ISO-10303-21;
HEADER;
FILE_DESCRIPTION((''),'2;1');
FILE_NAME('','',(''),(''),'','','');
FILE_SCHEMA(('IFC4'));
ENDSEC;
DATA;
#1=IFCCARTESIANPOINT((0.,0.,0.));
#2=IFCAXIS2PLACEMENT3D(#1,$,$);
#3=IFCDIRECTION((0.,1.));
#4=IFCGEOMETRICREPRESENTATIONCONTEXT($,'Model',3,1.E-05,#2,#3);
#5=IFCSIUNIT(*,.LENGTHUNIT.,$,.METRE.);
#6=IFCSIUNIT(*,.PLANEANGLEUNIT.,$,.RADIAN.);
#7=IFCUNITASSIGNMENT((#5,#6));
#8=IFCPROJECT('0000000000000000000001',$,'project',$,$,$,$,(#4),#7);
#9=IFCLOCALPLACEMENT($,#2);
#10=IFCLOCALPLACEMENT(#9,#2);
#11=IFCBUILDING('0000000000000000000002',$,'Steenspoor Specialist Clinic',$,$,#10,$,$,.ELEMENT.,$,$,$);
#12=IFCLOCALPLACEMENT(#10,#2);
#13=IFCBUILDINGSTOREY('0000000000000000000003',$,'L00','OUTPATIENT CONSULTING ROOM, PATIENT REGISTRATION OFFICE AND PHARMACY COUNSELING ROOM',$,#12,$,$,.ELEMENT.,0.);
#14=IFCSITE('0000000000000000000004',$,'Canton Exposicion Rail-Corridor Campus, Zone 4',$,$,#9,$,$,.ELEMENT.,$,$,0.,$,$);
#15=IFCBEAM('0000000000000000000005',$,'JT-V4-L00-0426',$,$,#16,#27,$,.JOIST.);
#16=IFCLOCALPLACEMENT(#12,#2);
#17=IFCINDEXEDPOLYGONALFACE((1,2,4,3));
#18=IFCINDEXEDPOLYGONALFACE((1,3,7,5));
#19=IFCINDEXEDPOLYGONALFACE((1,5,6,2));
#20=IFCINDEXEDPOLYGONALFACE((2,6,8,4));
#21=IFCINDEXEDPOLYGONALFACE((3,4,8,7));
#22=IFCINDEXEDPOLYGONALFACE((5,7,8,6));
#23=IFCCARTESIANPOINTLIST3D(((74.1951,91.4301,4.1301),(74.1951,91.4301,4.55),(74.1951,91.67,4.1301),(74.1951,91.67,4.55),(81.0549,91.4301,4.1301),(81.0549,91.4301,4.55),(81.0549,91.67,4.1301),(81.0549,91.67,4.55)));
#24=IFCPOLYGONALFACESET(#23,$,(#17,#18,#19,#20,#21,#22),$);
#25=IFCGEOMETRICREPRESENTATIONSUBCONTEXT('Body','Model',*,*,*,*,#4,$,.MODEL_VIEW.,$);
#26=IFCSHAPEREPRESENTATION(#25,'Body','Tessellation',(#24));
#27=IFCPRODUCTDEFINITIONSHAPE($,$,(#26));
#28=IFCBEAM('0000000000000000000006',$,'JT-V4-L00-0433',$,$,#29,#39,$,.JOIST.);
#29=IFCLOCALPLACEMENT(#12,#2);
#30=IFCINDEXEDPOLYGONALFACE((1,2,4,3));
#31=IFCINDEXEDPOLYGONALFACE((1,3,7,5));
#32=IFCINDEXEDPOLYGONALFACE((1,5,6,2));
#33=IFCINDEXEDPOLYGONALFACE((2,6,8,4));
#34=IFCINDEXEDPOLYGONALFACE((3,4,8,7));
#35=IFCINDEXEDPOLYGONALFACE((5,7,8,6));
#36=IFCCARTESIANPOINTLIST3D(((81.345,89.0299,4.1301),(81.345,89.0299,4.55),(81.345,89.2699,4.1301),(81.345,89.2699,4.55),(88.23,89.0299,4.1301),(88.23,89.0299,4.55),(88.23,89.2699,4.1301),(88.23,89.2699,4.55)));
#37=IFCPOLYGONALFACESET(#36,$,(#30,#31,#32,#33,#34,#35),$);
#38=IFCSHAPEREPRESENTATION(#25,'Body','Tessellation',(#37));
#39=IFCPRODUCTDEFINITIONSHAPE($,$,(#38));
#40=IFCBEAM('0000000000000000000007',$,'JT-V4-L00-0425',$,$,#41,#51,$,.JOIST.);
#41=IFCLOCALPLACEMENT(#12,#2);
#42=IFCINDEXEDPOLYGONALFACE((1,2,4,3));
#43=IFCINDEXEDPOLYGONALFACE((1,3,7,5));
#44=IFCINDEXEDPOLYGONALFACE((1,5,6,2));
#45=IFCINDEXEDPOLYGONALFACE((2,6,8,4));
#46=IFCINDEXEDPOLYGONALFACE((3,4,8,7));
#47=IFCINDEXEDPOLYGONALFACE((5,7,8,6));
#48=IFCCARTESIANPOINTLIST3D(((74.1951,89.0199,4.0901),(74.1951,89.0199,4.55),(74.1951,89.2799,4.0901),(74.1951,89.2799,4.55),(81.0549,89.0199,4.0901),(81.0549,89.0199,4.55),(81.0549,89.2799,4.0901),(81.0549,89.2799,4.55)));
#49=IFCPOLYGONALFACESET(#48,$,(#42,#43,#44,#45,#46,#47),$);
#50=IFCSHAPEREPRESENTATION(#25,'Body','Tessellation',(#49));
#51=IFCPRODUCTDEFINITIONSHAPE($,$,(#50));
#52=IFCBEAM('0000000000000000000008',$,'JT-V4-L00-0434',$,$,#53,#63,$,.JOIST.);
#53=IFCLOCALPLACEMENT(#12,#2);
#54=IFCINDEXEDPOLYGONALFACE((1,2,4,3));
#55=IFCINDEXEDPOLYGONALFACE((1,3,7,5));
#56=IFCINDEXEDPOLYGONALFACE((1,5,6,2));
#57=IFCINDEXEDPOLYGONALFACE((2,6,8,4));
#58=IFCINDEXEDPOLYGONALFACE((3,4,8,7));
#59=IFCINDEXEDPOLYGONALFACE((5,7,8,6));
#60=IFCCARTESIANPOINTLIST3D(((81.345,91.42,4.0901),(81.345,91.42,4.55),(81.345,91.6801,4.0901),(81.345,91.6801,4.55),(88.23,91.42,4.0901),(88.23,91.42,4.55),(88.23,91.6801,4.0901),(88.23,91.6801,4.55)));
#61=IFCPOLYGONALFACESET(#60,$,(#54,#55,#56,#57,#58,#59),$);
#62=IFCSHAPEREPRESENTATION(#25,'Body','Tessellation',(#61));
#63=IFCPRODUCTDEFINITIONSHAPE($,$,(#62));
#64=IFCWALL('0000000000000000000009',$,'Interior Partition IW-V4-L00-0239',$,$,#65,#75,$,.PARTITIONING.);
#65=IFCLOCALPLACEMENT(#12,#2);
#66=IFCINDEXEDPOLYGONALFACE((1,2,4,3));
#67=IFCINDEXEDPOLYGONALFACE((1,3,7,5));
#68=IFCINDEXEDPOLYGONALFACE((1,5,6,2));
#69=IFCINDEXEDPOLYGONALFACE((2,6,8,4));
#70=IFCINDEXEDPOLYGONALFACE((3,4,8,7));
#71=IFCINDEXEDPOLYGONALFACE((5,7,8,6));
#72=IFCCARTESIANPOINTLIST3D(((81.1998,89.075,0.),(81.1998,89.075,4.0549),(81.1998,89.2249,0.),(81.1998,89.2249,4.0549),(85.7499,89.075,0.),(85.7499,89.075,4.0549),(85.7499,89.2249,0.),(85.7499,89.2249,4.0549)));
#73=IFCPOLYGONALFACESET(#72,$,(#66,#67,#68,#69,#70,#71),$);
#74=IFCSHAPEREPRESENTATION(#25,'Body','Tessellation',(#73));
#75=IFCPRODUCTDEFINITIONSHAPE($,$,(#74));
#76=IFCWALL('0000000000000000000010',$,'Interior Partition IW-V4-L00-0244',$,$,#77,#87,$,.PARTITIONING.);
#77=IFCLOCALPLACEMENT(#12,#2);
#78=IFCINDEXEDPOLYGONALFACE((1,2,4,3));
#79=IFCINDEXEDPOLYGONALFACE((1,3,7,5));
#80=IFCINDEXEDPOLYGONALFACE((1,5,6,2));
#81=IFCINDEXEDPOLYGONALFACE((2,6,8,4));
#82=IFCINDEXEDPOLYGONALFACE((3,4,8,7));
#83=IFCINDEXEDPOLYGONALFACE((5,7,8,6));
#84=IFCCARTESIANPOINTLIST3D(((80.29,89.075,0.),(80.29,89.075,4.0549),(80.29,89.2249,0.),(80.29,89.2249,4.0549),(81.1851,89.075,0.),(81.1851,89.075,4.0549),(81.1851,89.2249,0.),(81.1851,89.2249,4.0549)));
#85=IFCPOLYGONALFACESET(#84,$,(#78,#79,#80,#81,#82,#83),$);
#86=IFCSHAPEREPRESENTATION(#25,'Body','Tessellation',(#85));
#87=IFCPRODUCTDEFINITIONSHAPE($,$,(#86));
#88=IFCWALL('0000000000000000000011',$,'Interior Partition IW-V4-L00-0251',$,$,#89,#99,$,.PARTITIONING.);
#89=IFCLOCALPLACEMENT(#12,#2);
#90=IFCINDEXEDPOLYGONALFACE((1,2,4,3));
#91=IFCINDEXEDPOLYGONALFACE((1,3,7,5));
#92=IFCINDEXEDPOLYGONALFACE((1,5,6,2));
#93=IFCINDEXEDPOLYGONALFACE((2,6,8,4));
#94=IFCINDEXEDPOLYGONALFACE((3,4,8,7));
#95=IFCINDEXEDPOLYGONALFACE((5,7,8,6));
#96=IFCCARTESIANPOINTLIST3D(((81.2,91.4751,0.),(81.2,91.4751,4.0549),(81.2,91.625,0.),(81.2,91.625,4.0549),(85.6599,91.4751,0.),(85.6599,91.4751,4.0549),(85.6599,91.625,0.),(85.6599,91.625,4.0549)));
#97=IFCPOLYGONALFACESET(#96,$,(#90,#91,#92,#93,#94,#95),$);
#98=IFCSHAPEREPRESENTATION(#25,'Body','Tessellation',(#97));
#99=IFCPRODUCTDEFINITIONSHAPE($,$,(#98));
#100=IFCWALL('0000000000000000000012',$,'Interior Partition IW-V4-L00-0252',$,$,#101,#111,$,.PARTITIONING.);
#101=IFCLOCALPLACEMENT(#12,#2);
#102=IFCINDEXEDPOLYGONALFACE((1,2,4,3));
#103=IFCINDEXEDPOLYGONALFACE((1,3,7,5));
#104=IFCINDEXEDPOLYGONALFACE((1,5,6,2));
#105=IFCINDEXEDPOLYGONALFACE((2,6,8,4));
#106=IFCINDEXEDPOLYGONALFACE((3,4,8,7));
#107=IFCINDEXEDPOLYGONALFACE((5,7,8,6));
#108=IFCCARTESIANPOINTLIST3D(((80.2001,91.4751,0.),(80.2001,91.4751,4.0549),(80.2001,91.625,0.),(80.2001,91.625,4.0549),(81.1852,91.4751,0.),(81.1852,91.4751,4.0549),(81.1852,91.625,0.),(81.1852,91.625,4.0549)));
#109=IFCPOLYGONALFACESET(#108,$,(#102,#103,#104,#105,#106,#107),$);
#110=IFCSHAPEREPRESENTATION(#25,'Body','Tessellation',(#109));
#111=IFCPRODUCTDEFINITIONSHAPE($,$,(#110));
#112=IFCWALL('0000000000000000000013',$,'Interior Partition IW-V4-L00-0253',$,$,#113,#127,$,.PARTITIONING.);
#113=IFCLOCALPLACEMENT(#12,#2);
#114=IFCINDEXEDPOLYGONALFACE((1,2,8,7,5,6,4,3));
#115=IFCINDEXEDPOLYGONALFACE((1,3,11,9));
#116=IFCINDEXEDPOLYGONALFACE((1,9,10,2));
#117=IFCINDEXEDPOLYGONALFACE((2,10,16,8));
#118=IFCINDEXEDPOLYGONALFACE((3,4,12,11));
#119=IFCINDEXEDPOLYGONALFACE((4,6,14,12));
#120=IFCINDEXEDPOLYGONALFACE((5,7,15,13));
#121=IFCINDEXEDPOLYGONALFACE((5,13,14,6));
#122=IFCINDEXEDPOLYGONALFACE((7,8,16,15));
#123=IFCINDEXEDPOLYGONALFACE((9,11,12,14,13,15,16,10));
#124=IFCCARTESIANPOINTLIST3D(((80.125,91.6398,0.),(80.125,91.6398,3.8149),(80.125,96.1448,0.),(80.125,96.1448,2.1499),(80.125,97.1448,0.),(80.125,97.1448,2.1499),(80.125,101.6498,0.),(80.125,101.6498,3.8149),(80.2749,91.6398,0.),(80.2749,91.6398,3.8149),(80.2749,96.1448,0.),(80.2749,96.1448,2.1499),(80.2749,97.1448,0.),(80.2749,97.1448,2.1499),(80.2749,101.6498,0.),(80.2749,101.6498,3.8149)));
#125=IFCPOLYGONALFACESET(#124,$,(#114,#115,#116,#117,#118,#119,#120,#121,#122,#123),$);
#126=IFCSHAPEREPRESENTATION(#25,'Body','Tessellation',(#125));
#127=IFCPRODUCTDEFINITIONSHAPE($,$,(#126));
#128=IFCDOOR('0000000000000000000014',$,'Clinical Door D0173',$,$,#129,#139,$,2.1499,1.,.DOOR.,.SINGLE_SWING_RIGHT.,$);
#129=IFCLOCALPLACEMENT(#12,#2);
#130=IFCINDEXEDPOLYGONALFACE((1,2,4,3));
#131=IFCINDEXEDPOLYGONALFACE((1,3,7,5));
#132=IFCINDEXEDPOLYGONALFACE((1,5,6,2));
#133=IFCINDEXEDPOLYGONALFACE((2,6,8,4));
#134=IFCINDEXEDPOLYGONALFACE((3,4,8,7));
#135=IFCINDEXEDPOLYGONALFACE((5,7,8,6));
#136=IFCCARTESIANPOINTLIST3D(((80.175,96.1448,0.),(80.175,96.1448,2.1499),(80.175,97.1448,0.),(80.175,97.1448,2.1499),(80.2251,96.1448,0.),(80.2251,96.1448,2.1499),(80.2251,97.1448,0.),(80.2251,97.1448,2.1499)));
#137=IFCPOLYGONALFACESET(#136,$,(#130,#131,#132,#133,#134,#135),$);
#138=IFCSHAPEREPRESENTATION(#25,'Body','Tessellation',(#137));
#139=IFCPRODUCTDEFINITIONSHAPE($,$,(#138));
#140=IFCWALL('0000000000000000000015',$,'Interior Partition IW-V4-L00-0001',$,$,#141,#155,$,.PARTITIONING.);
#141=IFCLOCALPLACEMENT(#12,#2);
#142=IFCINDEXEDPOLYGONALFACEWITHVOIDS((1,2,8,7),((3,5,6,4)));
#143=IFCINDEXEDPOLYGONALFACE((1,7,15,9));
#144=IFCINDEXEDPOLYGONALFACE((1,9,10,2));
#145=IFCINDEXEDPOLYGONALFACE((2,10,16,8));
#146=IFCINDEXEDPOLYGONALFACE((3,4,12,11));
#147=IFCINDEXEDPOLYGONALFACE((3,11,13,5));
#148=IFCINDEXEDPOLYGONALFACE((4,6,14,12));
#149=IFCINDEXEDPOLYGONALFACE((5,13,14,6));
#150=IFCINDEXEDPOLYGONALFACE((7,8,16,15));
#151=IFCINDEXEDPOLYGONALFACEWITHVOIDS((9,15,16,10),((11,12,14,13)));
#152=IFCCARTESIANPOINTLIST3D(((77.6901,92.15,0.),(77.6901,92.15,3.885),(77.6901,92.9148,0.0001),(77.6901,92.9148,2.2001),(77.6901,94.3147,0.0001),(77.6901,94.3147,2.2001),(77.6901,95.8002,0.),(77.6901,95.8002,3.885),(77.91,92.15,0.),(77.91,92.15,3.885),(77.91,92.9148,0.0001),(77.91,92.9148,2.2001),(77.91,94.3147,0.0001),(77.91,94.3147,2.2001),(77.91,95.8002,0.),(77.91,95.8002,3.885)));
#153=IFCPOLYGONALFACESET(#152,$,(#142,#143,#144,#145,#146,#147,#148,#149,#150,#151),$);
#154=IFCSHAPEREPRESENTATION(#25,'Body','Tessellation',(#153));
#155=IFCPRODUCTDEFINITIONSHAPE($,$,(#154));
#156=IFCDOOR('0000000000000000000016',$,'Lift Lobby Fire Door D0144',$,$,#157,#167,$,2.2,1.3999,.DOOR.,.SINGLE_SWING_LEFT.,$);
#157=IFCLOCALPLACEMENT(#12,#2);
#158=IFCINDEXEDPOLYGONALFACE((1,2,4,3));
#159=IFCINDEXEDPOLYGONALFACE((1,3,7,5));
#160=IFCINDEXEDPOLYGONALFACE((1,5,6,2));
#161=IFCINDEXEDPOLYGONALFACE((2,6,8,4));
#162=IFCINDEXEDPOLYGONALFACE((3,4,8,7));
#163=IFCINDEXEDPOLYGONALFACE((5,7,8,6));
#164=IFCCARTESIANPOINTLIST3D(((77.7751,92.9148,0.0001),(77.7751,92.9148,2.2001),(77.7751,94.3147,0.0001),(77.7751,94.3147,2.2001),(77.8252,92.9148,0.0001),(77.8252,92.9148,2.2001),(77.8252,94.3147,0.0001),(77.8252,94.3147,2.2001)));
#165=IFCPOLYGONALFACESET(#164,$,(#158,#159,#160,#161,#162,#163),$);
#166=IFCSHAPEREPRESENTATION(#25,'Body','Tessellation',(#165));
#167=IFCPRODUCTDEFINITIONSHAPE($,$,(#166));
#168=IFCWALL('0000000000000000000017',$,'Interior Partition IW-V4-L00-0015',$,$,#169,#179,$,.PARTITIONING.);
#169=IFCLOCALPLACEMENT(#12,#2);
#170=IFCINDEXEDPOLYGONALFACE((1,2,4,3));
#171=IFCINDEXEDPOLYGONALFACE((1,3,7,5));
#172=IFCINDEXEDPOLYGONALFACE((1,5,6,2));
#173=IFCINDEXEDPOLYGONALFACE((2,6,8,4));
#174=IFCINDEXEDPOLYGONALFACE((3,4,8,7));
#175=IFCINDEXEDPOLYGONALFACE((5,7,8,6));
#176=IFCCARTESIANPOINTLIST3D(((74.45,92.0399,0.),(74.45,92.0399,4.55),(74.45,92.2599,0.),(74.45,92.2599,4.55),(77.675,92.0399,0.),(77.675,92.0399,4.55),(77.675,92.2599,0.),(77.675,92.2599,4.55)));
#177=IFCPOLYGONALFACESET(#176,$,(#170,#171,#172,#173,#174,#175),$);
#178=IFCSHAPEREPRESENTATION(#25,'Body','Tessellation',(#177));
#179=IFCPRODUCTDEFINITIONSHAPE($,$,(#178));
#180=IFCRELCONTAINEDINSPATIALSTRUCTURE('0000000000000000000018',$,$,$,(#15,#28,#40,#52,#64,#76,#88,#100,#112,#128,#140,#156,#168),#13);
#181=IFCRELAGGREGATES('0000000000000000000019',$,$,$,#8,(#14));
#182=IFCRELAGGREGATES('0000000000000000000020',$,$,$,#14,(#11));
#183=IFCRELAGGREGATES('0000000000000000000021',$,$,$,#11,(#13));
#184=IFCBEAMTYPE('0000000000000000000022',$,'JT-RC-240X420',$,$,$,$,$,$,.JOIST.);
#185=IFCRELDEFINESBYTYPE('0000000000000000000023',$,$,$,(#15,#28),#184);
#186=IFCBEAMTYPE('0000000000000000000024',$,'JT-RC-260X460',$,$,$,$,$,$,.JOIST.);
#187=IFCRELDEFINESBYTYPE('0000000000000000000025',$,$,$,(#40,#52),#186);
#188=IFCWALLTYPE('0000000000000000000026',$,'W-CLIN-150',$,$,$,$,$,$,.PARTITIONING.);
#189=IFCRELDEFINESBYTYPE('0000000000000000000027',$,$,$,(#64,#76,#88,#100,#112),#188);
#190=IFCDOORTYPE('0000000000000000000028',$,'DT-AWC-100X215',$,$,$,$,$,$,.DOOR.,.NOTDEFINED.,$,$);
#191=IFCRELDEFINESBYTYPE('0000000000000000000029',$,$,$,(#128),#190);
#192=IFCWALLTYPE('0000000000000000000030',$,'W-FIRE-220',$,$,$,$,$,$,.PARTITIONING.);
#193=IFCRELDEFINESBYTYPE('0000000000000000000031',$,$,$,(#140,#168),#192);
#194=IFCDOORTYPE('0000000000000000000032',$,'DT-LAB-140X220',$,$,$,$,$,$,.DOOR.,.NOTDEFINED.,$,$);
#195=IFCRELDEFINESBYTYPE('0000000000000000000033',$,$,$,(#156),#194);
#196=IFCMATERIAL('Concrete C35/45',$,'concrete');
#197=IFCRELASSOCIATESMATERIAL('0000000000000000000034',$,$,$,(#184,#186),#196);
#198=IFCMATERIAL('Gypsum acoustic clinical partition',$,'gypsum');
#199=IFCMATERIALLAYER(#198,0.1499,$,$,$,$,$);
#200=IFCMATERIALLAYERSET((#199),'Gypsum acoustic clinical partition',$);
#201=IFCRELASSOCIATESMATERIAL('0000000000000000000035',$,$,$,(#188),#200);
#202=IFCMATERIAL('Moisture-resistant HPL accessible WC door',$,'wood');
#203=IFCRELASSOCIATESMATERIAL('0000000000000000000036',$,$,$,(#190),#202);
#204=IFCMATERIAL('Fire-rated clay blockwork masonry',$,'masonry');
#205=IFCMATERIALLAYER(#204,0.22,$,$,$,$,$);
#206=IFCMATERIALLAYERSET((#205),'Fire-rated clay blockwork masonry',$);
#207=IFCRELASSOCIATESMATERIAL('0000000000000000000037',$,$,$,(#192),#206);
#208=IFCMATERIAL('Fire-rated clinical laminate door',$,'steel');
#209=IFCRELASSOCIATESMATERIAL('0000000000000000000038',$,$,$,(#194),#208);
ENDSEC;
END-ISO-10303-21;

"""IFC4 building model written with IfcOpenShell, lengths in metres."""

from ifc_helpers import new_model, si_unit, direction, frame, frame_2d, origin, origin_2d, place, context, subcontext, project, spatial, rectangle, extrude, material, layer, layer_set, material_profile, profile_set, type_object, element, fill, save


model = new_model("IFC4")

# Units and contexts
model_context = context("Model", 3, precision=1e-05, world=origin(), true_north=direction((0.0, 1.0)))
body_context = subcontext(model_context, "Body", "Model", "MODEL_VIEW")
ifc_project = project(units=[si_unit("LENGTHUNIT", "METRE"), si_unit("PLANEANGLEUNIT", "RADIAN")], contexts=[model_context])

# Site, building, storey
site_placement = place(None, origin())
site = spatial("IfcSite", under=ifc_project, at=site_placement, Name="Canton Exposicion Rail-Corridor Campus, Zone 4", CompositionType="ELEMENT", RefElevation=0.0)
building_placement = place(site_placement, origin())
building = spatial("IfcBuilding", under=site, at=building_placement, Name="Steenspoor Specialist Clinic", CompositionType="ELEMENT")
storey_placement = place(building_placement, origin())
storey = spatial("IfcBuildingStorey", under=building, at=storey_placement, Name="L00", Description="OUTPATIENT CONSULTING ROOM, PATIENT REGISTRATION OFFICE AND PHARMACY COUNSELING ROOM", CompositionType="ELEMENT", Elevation=0.0)

# Shared definitions
ifc_material_1 = material(Name="Concrete C35/45", Category="concrete")

# Beams
ifc_material_profile_1 = material_profile(ifc_material_1, rectangle(XDim=0.24, YDim=0.4199, at=origin_2d()), Name="RC-JT-240X420")
ifc_profile_set_1 = profile_set([ifc_material_profile_1], Name="Concrete C35/45")
beam_type_1 = type_object("IfcBeamType", Name="JT-RC-240X420", PredefinedType="JOIST", material=ifc_profile_set_1)
beam_1_placement = place(storey_placement, frame((74.1951, 91.55, 4.3401), z_axis=(1.0, 0.0, 0.0), x_axis=(0.0, 1.0, 0.0)))
element("IfcBeam", 1, at=beam_1_placement, inside=storey, type_object=beam_type_1, Name="JT-V4-L00-0426", PredefinedType="JOIST", context=body_context, shape_type="SweptSolid", body=[
    extrude(rectangle(XDim=0.24, YDim=0.4199, at=origin_2d()), origin(), (0.0, 0.0, 1.0), 6.8599),
])
beam_2_placement = place(storey_placement, frame((81.345, 89.1499, 4.3401), z_axis=(1.0, 0.0, 0.0), x_axis=(0.0, 1.0, 0.0)))
element("IfcBeam", 2, at=beam_2_placement, inside=storey, type_object=beam_type_1, Name="JT-V4-L00-0433", PredefinedType="JOIST", context=body_context, shape_type="SweptSolid", body=[
    extrude(rectangle(XDim=0.24, YDim=0.4199, at=origin_2d()), origin(), (0.0, 0.0, 1.0), 6.885),
])
ifc_material_profile_2 = material_profile(ifc_material_1, rectangle(XDim=0.26, YDim=0.46, at=origin_2d()), Name="RC-JT-260X460")
ifc_profile_set_2 = profile_set([ifc_material_profile_2], Name="Concrete C35/45")
beam_type_2 = type_object("IfcBeamType", Name="JT-RC-260X460", PredefinedType="JOIST", material=ifc_profile_set_2)
beam_3_placement = place(storey_placement, frame((74.1951, 89.1499, 4.3201), z_axis=(1.0, 0.0, 0.0), x_axis=(0.0, 1.0, 0.0)))
element("IfcBeam", 3, at=beam_3_placement, inside=storey, type_object=beam_type_2, Name="JT-V4-L00-0425", PredefinedType="JOIST", context=body_context, shape_type="SweptSolid", body=[
    extrude(rectangle(XDim=0.26, YDim=0.46, at=origin_2d()), origin(), (0.0, 0.0, 1.0), 6.8599),
])
beam_4_placement = place(storey_placement, frame((81.345, 91.55, 4.3201), z_axis=(1.0, 0.0, 0.0), x_axis=(0.0, 1.0, 0.0)))
element("IfcBeam", 4, at=beam_4_placement, inside=storey, type_object=beam_type_2, Name="JT-V4-L00-0434", PredefinedType="JOIST", context=body_context, shape_type="SweptSolid", body=[
    extrude(rectangle(XDim=0.26, YDim=0.46, at=origin_2d()), origin(), (0.0, 0.0, 1.0), 6.885),
])

# Walls
ifc_material_2 = material(Name="Gypsum acoustic clinical partition", Category="gypsum")
ifc_layer_1 = layer(ifc_material_2, 0.1499)
ifc_layer_set_1 = layer_set([ifc_layer_1], Name="Gypsum acoustic clinical partition")
wall_type_1 = type_object("IfcWallType", Name="W-CLIN-150", PredefinedType="PARTITIONING", material=ifc_layer_set_1)
wall_1_placement = place(storey_placement, frame((81.2, 89.1499, 0.0), z_axis=(0.0, 0.0, 1.0), x_axis=(1.0, 0.0, 0.0)))
element("IfcWall", 5, at=wall_1_placement, inside=storey, type_object=wall_type_1, Name="Interior Partition IW-V4-L00-0239", PredefinedType="PARTITIONING", context=body_context, shape_type="SweptSolid", body=[
    extrude(rectangle(XDim=4.55, YDim=0.1499, at=frame_2d((2.2749, 0.0))), origin(), (0.0, 0.0, 1.0), 4.0549),
])
wall_2_placement = place(storey_placement, frame((80.29, 89.1499, 0.0), z_axis=(0.0, 0.0, 1.0), x_axis=(1.0, 0.0, 0.0)))
element("IfcWall", 6, at=wall_2_placement, inside=storey, type_object=wall_type_1, Name="Interior Partition IW-V4-L00-0244", PredefinedType="PARTITIONING", context=body_context, shape_type="SweptSolid", body=[
    extrude(rectangle(XDim=0.895, YDim=0.1499, at=frame_2d((0.4475, 0.0))), origin(), (0.0, 0.0, 1.0), 4.0549),
])
wall_3_placement = place(storey_placement, frame((81.2, 91.55, 0.0), z_axis=(0.0, 0.0, 1.0), x_axis=(1.0, 0.0, 0.0)))
element("IfcWall", 7, at=wall_3_placement, inside=storey, type_object=wall_type_1, Name="Interior Partition IW-V4-L00-0251", PredefinedType="PARTITIONING", context=body_context, shape_type="SweptSolid", body=[
    extrude(rectangle(XDim=4.46, YDim=0.1499, at=frame_2d((2.23, 0.0))), origin(), (0.0, 0.0, 1.0), 4.0549),
])
wall_4_placement = place(storey_placement, frame((80.2, 91.55, 0.0), z_axis=(0.0, 0.0, 1.0), x_axis=(1.0, 0.0, 0.0)))
element("IfcWall", 8, at=wall_4_placement, inside=storey, type_object=wall_type_1, Name="Interior Partition IW-V4-L00-0252", PredefinedType="PARTITIONING", context=body_context, shape_type="SweptSolid", body=[
    extrude(rectangle(XDim=0.9851, YDim=0.1499, at=frame_2d((0.4927, 0.0))), origin(), (0.0, 0.0, 1.0), 4.0549),
])

# Walls, openings, doors
wall_5_placement = place(storey_placement, frame((80.2, 91.6399, 0.0), z_axis=(0.0, 0.0, 1.0), x_axis=(0.0, 1.0, 0.0)))
wall_5 = element("IfcWall", 9, at=wall_5_placement, inside=storey, type_object=wall_type_1, Name="Interior Partition IW-V4-L00-0253", PredefinedType="PARTITIONING", context=body_context, shape_type="SweptSolid", body=[
    extrude(rectangle(XDim=10.01, YDim=0.1499, at=frame_2d((5.0049, 0.0))), origin(), (0.0, 0.0, 1.0), 3.8149),
])
opening_1_placement = place(wall_5_placement, frame((4.5049, 0.0, 0.0)))
opening_1 = element("IfcOpeningElement", 10, at=opening_1_placement, cuts=wall_5, PredefinedType="OPENING", context=body_context, shape_type="SweptSolid", body=[
    extrude(rectangle(XDim=1.0, YDim=2.1499, at=frame_2d((0.5, 1.075))), frame((0.0, 0.085, 0.0), z_axis=(0.0, -1.0, 0.0), x_axis=(1.0, 0.0, 0.0)), (0.0, 0.0, 1.0), 0.1699),
])
ifc_material_3 = material(Name="Moisture-resistant HPL accessible WC door", Category="wood")
door_type_1 = type_object("IfcDoorType", Name="DT-AWC-100X215", OperationType="NOTDEFINED", PredefinedType="DOOR", material=ifc_material_3)
door_1_placement = place(opening_1_placement, origin())
door_1 = element("IfcDoor", 11, at=door_1_placement, inside=storey, type_object=door_type_1, Name="Clinical Door D0173", OperationType="SINGLE_SWING_RIGHT", OverallHeight=2.1499, OverallWidth=1.0, PredefinedType="DOOR", context=body_context, shape_type="SweptSolid", body=[
    extrude(rectangle(XDim=1.0, YDim=2.1499, at=frame_2d((0.5, 1.075))), frame((0.0, 0.0249, 0.0), z_axis=(0.0, -1.0, 0.0), x_axis=(1.0, 0.0, 0.0)), (0.0, 0.0, 1.0), 0.05),
])
fill(opening_1, door_1)
ifc_material_4 = material(Name="Fire-rated clay blockwork masonry", Category="masonry")
ifc_layer_2 = layer(ifc_material_4, 0.22)
ifc_layer_set_2 = layer_set([ifc_layer_2], Name="Fire-rated clay blockwork masonry")
wall_type_2 = type_object("IfcWallType", Name="W-FIRE-220", PredefinedType="PARTITIONING", material=ifc_layer_set_2)
wall_6_placement = place(storey_placement, frame((77.8, 92.1499, 0.0), z_axis=(0.0, 0.0, 1.0), x_axis=(0.0, 1.0, 0.0)))
wall_6 = element("IfcWall", 12, at=wall_6_placement, inside=storey, type_object=wall_type_2, Name="Interior Partition IW-V4-L00-0001", PredefinedType="PARTITIONING", context=body_context, shape_type="SweptSolid", body=[
    extrude(rectangle(XDim=3.6501, YDim=0.22, at=frame_2d((1.8252, 0.0))), origin(), (0.0, 0.0, 1.0), 3.885),
])
opening_2_placement = place(wall_6_placement, frame((0.7649, 0.0, 0.0)))
opening_2 = element("IfcOpeningElement", 13, at=opening_2_placement, cuts=wall_6, PredefinedType="OPENING", context=body_context, shape_type="SweptSolid", body=[
    extrude(rectangle(XDim=1.3999, YDim=2.2, at=frame_2d((0.7, 1.1001))), frame((0.0, 0.1201, 0.0), z_axis=(0.0, -1.0, 0.0), x_axis=(1.0, 0.0, 0.0)), (0.0, 0.0, 1.0), 0.24),
])
ifc_material_5 = material(Name="Fire-rated clinical laminate door", Category="steel")
door_type_2 = type_object("IfcDoorType", Name="DT-LAB-140X220", OperationType="NOTDEFINED", PredefinedType="DOOR", material=ifc_material_5)
door_2_placement = place(opening_2_placement, origin())
door_2 = element("IfcDoor", 14, at=door_2_placement, inside=storey, type_object=door_type_2, Name="Lift Lobby Fire Door D0144", OperationType="SINGLE_SWING_LEFT", OverallHeight=2.2, OverallWidth=1.3999, PredefinedType="DOOR", context=body_context, shape_type="SweptSolid", body=[
    extrude(rectangle(XDim=1.3999, YDim=2.2, at=frame_2d((0.7, 1.1001))), frame((0.0, 0.0249, 0.0), z_axis=(0.0, -1.0, 0.0), x_axis=(1.0, 0.0, 0.0)), (0.0, 0.0, 1.0), 0.05),
])
fill(opening_2, door_2)

# Wall
wall_7_placement = place(storey_placement, frame((74.45, 92.1499, 0.0), z_axis=(0.0, 0.0, 1.0), x_axis=(1.0, 0.0, 0.0)))
element("IfcWall", 15, at=wall_7_placement, inside=storey, type_object=wall_type_2, Name="Interior Partition IW-V4-L00-0015", PredefinedType="PARTITIONING", context=body_context, shape_type="SweptSolid", body=[
    extrude(rectangle(XDim=3.2251, YDim=0.22, at=frame_2d((1.6125, 0.0))), origin(), (0.0, 0.0, 1.0), 4.55),
])

save(model, "model.ifc")
